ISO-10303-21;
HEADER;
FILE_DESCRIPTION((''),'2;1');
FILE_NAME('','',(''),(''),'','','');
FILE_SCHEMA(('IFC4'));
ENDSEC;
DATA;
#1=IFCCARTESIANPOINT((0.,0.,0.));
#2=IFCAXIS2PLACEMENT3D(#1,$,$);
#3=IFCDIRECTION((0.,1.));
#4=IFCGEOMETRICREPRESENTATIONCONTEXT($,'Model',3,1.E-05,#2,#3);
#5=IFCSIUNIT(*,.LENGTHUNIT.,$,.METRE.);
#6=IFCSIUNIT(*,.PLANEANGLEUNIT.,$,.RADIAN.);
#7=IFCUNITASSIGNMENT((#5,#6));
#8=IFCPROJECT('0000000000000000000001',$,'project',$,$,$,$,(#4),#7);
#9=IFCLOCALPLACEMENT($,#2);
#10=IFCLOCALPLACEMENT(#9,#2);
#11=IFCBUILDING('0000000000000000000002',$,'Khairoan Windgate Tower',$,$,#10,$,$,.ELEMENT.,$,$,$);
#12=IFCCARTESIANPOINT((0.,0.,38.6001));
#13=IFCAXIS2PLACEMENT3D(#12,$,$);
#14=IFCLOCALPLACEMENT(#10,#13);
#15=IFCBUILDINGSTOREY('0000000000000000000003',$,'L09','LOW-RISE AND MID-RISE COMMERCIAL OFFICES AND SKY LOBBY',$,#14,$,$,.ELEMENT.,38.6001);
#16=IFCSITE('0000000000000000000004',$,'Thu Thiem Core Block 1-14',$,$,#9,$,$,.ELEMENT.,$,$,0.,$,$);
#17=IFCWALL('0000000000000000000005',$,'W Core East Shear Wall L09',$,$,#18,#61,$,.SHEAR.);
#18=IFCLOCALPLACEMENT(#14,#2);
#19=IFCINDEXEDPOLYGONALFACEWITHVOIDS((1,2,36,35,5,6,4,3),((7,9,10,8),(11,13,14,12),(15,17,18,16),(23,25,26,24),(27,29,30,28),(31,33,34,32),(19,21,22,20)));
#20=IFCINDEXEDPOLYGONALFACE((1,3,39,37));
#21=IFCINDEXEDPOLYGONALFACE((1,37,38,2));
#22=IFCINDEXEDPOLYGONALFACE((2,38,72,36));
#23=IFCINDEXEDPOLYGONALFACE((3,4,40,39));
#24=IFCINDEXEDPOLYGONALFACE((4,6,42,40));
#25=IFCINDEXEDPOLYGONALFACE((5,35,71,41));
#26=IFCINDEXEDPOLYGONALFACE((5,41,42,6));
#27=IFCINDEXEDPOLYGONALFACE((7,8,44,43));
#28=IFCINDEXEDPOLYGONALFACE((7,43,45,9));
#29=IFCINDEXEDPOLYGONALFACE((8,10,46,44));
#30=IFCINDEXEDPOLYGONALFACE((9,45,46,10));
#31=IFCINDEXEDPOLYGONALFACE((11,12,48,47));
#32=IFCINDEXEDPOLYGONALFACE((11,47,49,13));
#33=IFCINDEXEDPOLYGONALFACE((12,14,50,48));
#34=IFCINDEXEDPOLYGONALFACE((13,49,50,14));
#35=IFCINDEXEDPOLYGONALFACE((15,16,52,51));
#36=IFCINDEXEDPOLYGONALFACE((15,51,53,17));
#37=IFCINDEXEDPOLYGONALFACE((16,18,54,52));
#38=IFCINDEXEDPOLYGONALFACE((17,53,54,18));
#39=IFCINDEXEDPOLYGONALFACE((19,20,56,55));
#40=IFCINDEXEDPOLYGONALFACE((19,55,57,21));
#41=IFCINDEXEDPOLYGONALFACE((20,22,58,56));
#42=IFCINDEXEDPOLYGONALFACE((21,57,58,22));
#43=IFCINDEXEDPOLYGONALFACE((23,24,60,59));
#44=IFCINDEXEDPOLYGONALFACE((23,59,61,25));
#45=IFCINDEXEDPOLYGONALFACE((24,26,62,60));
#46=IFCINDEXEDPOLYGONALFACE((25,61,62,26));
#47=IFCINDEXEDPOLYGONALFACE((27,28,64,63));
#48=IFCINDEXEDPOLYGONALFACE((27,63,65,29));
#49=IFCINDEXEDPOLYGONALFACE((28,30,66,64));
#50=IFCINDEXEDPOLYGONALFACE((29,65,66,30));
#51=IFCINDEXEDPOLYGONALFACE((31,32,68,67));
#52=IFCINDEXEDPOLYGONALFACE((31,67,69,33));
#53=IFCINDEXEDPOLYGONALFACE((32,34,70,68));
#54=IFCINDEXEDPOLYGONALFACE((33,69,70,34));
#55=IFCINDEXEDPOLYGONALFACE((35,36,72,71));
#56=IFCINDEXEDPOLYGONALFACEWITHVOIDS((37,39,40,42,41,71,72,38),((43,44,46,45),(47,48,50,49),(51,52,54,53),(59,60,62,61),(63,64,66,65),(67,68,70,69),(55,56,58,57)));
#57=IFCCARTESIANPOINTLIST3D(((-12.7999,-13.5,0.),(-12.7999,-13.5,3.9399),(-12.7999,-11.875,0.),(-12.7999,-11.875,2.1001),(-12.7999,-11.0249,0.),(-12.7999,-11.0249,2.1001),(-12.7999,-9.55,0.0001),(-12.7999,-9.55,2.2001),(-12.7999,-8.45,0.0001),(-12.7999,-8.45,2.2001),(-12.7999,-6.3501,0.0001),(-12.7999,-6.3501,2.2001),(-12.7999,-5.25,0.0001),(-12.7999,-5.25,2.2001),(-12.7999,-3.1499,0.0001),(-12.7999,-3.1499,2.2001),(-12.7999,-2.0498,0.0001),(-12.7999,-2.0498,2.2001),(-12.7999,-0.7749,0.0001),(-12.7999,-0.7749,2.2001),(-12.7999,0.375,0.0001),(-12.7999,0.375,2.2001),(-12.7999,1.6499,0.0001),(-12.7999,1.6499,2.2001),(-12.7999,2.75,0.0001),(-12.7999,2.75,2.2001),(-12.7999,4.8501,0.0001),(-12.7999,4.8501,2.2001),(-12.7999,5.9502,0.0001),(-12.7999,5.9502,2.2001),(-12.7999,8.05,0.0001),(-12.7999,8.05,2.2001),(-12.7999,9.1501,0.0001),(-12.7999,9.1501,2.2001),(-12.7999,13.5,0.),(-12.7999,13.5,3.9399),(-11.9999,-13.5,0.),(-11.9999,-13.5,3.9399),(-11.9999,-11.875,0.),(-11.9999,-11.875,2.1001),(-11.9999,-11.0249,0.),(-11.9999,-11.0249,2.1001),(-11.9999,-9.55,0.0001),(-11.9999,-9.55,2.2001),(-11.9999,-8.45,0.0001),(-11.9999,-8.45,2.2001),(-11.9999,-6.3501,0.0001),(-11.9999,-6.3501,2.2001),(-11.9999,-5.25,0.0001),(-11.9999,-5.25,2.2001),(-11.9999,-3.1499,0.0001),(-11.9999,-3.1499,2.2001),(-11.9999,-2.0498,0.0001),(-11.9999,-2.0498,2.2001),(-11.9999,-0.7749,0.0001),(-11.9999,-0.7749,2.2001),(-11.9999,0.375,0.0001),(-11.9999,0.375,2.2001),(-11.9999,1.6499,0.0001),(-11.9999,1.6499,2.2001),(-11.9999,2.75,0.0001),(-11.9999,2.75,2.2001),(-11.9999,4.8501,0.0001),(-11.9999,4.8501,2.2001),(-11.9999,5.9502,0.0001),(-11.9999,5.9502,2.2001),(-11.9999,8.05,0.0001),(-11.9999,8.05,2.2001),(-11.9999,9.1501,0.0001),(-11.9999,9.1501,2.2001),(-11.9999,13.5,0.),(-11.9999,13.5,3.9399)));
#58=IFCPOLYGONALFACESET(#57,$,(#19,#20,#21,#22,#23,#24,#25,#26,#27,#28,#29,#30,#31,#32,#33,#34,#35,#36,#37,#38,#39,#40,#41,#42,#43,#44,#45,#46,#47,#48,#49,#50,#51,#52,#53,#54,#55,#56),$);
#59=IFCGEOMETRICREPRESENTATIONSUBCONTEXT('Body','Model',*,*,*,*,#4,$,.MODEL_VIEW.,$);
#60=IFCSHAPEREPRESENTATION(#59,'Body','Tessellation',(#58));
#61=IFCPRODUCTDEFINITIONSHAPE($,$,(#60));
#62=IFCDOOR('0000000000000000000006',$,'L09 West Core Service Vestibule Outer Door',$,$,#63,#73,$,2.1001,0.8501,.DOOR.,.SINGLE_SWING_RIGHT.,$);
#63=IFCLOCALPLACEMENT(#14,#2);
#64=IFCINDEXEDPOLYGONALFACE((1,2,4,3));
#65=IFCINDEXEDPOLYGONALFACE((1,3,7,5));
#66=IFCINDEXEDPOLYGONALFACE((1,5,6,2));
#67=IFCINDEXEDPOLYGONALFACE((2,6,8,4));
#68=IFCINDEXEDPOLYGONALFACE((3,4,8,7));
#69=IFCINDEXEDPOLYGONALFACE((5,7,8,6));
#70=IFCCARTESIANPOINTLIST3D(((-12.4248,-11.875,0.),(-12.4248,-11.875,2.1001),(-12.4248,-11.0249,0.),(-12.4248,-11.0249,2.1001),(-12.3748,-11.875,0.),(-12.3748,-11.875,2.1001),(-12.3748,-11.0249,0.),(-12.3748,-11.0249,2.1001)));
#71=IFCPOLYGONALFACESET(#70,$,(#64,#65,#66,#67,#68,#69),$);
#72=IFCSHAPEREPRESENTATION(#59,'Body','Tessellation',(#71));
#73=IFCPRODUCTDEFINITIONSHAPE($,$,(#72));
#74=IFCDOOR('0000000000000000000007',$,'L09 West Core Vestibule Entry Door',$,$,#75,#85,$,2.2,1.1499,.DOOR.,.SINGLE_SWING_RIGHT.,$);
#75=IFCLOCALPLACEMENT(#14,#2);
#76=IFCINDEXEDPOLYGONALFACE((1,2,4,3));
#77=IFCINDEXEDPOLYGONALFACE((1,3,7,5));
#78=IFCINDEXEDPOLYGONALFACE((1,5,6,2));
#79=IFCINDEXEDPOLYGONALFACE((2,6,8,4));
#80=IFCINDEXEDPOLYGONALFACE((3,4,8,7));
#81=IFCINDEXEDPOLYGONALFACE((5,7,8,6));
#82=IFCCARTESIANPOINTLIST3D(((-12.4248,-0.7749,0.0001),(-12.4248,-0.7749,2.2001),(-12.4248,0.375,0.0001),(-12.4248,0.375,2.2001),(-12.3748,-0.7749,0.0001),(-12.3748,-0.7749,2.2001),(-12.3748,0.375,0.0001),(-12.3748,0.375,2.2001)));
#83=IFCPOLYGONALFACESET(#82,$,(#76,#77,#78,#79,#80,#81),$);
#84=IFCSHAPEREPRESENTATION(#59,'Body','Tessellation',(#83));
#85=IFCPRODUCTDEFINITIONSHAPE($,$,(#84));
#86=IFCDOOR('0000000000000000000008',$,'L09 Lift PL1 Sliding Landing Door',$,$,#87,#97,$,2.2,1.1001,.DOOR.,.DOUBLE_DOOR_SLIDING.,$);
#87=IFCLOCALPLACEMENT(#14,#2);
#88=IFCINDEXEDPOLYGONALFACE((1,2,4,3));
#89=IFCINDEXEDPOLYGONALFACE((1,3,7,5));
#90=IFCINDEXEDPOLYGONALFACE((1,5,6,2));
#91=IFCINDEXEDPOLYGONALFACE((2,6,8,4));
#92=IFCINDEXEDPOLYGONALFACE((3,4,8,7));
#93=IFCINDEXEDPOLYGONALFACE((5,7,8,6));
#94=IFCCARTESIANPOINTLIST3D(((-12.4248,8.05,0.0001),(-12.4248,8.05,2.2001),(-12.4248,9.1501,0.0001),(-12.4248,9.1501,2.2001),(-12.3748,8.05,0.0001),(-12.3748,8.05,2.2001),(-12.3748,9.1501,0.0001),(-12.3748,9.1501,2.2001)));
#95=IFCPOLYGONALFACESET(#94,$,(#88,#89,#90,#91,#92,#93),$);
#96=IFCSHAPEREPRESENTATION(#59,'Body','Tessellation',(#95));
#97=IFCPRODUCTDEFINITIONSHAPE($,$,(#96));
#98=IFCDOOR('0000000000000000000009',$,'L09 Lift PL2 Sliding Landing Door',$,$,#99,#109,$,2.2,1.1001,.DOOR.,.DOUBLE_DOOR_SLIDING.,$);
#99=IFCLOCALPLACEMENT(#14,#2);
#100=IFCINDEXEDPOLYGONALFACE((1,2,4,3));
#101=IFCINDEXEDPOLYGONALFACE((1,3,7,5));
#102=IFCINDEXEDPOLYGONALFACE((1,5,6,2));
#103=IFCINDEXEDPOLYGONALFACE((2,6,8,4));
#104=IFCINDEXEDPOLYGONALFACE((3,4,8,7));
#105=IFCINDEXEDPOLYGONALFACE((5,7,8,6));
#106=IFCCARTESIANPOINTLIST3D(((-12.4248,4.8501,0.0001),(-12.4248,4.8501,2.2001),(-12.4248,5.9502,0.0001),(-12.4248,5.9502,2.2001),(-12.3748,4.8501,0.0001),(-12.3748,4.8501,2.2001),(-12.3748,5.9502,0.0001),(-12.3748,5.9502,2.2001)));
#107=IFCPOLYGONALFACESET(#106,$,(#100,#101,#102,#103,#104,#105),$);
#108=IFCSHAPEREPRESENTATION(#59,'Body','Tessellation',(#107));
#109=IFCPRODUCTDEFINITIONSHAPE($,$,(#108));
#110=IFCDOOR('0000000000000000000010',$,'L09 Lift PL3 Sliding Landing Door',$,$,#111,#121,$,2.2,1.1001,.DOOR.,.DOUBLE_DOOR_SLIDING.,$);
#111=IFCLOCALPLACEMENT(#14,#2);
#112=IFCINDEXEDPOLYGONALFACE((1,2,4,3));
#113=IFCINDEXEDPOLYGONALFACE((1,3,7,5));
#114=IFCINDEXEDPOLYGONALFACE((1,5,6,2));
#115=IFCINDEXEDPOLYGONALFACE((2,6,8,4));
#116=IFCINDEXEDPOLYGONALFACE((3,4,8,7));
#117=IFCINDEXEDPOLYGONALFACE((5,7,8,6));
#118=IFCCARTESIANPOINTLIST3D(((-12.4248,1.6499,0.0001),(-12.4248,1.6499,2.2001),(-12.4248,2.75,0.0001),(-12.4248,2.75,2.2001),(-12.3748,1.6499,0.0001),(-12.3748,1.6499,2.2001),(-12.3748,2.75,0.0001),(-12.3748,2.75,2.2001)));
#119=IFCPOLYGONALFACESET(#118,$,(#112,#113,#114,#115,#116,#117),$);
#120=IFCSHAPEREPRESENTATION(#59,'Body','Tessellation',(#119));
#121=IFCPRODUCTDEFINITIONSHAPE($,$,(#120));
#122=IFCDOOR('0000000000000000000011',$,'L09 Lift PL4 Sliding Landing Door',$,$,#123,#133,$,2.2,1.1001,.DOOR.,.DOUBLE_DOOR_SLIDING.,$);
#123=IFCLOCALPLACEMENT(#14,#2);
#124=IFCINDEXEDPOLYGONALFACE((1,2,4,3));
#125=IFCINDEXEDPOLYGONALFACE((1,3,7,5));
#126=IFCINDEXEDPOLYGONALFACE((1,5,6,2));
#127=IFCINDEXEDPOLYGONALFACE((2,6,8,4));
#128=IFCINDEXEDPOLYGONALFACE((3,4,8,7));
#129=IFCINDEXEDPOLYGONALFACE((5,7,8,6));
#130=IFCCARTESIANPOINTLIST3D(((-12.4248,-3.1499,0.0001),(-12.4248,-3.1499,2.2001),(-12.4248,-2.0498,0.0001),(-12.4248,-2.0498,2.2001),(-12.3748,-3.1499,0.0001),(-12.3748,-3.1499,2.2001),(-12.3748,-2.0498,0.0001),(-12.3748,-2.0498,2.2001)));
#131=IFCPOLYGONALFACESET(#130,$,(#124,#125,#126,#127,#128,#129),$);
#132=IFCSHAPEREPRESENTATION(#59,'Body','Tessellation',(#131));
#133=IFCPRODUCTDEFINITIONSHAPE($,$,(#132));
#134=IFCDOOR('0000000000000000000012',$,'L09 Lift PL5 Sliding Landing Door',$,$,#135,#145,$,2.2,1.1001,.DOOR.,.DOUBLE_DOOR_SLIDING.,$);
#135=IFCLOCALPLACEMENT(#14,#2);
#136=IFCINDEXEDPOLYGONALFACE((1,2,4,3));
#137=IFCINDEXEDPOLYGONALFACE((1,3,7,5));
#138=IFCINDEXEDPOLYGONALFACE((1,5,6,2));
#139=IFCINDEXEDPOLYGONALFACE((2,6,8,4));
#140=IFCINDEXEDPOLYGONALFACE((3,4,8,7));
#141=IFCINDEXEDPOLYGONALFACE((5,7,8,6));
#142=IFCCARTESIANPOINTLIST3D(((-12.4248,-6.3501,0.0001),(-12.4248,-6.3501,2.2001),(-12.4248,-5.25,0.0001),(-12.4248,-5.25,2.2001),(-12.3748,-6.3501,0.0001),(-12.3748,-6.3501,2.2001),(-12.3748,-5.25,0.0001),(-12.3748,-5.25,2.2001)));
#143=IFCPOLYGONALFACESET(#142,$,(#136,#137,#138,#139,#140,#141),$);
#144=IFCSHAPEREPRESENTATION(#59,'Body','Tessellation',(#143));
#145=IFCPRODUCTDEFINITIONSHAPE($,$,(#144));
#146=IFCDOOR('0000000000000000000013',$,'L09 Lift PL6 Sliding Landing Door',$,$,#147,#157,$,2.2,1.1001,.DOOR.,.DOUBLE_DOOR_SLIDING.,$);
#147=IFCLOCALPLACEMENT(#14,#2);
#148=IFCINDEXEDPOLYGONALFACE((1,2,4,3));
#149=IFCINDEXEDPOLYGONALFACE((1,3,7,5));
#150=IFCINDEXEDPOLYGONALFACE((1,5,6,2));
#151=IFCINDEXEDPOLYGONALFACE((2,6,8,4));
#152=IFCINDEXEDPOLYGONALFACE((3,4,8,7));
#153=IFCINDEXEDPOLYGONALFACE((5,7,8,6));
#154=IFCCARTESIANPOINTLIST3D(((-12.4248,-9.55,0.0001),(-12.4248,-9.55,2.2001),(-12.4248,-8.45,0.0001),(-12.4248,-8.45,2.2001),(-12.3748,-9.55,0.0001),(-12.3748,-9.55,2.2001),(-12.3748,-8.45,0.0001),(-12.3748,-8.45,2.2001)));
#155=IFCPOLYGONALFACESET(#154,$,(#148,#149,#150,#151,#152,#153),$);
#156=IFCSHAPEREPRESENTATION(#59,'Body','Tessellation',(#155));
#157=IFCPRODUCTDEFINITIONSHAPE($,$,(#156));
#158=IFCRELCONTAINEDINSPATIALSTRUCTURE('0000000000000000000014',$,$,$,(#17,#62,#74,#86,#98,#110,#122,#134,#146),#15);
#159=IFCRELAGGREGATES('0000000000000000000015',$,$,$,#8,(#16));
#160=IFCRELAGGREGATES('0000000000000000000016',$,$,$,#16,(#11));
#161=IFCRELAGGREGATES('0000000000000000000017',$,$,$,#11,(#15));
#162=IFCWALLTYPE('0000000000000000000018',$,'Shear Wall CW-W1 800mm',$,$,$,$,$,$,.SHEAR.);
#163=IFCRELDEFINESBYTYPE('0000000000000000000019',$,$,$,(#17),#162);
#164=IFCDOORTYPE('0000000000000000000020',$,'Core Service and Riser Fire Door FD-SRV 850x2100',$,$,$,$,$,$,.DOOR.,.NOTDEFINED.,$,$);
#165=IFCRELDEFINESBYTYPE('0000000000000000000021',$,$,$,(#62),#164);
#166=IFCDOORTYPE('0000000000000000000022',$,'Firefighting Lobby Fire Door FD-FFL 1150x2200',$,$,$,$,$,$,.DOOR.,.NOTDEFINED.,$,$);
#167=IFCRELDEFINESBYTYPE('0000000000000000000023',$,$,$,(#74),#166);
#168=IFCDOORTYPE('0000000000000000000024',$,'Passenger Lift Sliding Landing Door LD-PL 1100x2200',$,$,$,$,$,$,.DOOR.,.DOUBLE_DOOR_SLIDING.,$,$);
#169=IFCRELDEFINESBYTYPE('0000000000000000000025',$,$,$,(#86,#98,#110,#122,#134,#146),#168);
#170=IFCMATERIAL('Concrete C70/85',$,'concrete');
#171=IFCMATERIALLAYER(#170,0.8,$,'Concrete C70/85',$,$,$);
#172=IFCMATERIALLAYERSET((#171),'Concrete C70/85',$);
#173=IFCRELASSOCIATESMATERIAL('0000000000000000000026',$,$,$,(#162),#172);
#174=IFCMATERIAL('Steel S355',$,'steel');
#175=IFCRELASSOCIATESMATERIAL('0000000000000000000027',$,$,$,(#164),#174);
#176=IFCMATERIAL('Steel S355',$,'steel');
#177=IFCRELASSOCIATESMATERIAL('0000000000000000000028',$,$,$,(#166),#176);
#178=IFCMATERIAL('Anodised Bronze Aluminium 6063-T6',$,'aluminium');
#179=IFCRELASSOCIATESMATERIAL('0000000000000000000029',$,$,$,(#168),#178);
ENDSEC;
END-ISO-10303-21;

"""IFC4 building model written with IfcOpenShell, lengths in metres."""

from ifc_helpers import new_model, si_unit, direction, frame, frame_2d, origin, place, context, subcontext, project, spatial, rectangle, extrude, material, layer, layer_set, type_object, element, fill, save


model = new_model("IFC4")

# Units and contexts
model_context = context("Model", 3, precision=1e-05, world=origin(), true_north=direction((0.0, 1.0)))
body_context = subcontext(model_context, "Body", "Model", "MODEL_VIEW")
ifc_project = project(units=[si_unit("LENGTHUNIT", "METRE"), si_unit("PLANEANGLEUNIT", "RADIAN")], contexts=[model_context])

# Site, building, storey
site_placement = place(None, origin())
site = spatial("IfcSite", under=ifc_project, at=site_placement, Name="Thu Thiem Core Block 1-14", CompositionType="ELEMENT", RefElevation=0.0)
building_placement = place(site_placement, origin())
building = spatial("IfcBuilding", under=site, at=building_placement, Name="Khairoan Windgate Tower", CompositionType="ELEMENT")
storey_placement = place(building_placement, frame((0.0, 0.0, 38.6001)))
storey = spatial("IfcBuildingStorey", under=building, at=storey_placement, Name="L09", Description="LOW-RISE AND MID-RISE COMMERCIAL OFFICES AND SKY LOBBY", CompositionType="ELEMENT", Elevation=38.6001)

# Wall, openings, doors
ifc_material_1 = material(Name="Concrete C70/85", Category="concrete")
ifc_layer_1 = layer(ifc_material_1, 0.8, Name="Concrete C70/85")
ifc_layer_set_1 = layer_set([ifc_layer_1], Name="Concrete C70/85")
wall_type_1 = type_object("IfcWallType", Name="Shear Wall CW-W1 800mm", PredefinedType="SHEAR", material=ifc_layer_set_1)
wall_1_placement = place(storey_placement, frame((-12.3999, -13.5, 0.0), z_axis=(0.0, 0.0, 1.0), x_axis=(0.0, 1.0, 0.0)))
wall_1 = element("IfcWall", 1, at=wall_1_placement, inside=storey, type_object=wall_type_1, Name="W Core East Shear Wall L09", PredefinedType="SHEAR", context=body_context, shape_type="SweptSolid", body=[
    extrude(rectangle(XDim=27.0, YDim=0.8, at=frame_2d((13.5, 0.0))), origin(), (0.0, 0.0, 1.0), 3.9399),
])
opening_1_placement = place(wall_1_placement, frame((21.55, 0.0, 0.0)))
opening_1 = element("IfcOpeningElement", 2, at=opening_1_placement, cuts=wall_1, PredefinedType="OPENING", context=body_context, shape_type="SweptSolid", body=[
    extrude(rectangle(XDim=1.1001, YDim=2.2, at=frame_2d((0.55, 1.1001))), frame((0.0, 0.4099, 0.0), z_axis=(0.0, -1.0, 0.0), x_axis=(1.0, 0.0, 0.0)), (0.0, 0.0, 1.0), 0.8201),
])
opening_2_placement = place(wall_1_placement, frame((18.3501, 0.0, 0.0)))
opening_2 = element("IfcOpeningElement", 3, at=opening_2_placement, cuts=wall_1, PredefinedType="OPENING", context=body_context, shape_type="SweptSolid", body=[
    extrude(rectangle(XDim=1.1001, YDim=2.2, at=frame_2d((0.55, 1.1001))), frame((0.0, 0.4099, 0.0), z_axis=(0.0, -1.0, 0.0), x_axis=(1.0, 0.0, 0.0)), (0.0, 0.0, 1.0), 0.8201),
])
opening_3_placement = place(wall_1_placement, frame((15.1499, 0.0, 0.0)))
opening_3 = element("IfcOpeningElement", 4, at=opening_3_placement, cuts=wall_1, PredefinedType="OPENING", context=body_context, shape_type="SweptSolid", body=[
    extrude(rectangle(XDim=1.1001, YDim=2.2, at=frame_2d((0.55, 1.1001))), frame((0.0, 0.4099, 0.0), z_axis=(0.0, -1.0, 0.0), x_axis=(1.0, 0.0, 0.0)), (0.0, 0.0, 1.0), 0.8201),
])
opening_4_placement = place(wall_1_placement, frame((10.3501, 0.0, 0.0)))
opening_4 = element("IfcOpeningElement", 5, at=opening_4_placement, cuts=wall_1, PredefinedType="OPENING", context=body_context, shape_type="SweptSolid", body=[
    extrude(rectangle(XDim=1.1001, YDim=2.2, at=frame_2d((0.55, 1.1001))), frame((0.0, 0.4099, 0.0), z_axis=(0.0, -1.0, 0.0), x_axis=(1.0, 0.0, 0.0)), (0.0, 0.0, 1.0), 0.8201),
])
opening_5_placement = place(wall_1_placement, frame((7.1499, 0.0, 0.0)))
opening_5 = element("IfcOpeningElement", 6, at=opening_5_placement, cuts=wall_1, PredefinedType="OPENING", context=body_context, shape_type="SweptSolid", body=[
    extrude(rectangle(XDim=1.1001, YDim=2.2, at=frame_2d((0.55, 1.1001))), frame((0.0, 0.4099, 0.0), z_axis=(0.0, -1.0, 0.0), x_axis=(1.0, 0.0, 0.0)), (0.0, 0.0, 1.0), 0.8201),
])
opening_6_placement = place(wall_1_placement, frame((3.95, 0.0, 0.0)))
opening_6 = element("IfcOpeningElement", 7, at=opening_6_placement, cuts=wall_1, PredefinedType="OPENING", context=body_context, shape_type="SweptSolid", body=[
    extrude(rectangle(XDim=1.1001, YDim=2.2, at=frame_2d((0.55, 1.1001))), frame((0.0, 0.4099, 0.0), z_axis=(0.0, -1.0, 0.0), x_axis=(1.0, 0.0, 0.0)), (0.0, 0.0, 1.0), 0.8201),
])
opening_7_placement = place(wall_1_placement, frame((12.7251, 0.0, 0.0)))
opening_7 = element("IfcOpeningElement", 8, at=opening_7_placement, cuts=wall_1, PredefinedType="OPENING", context=body_context, shape_type="SweptSolid", body=[
    extrude(rectangle(XDim=1.1499, YDim=2.2, at=frame_2d((0.575, 1.1001))), frame((0.0, 0.4099, 0.0), z_axis=(0.0, -1.0, 0.0), x_axis=(1.0, 0.0, 0.0)), (0.0, 0.0, 1.0), 0.8201),
])
opening_8_placement = place(wall_1_placement, frame((1.625, 0.0, 0.0)))
opening_8 = element("IfcOpeningElement", 9, at=opening_8_placement, cuts=wall_1, PredefinedType="OPENING", context=body_context, shape_type="SweptSolid", body=[
    extrude(rectangle(XDim=0.8501, YDim=2.1001, at=frame_2d((0.425, 1.05))), frame((0.0, 0.4099, 0.0), z_axis=(0.0, -1.0, 0.0), x_axis=(1.0, 0.0, 0.0)), (0.0, 0.0, 1.0), 0.8201),
])
ifc_material_2 = material(Name="Steel S355", Category="steel")
door_type_1 = type_object("IfcDoorType", Name="Core Service and Riser Fire Door FD-SRV 850x2100", OperationType="NOTDEFINED", PredefinedType="DOOR", material=ifc_material_2)
door_1_placement = place(opening_8_placement, origin())
door_1 = element("IfcDoor", 10, at=door_1_placement, inside=storey, type_object=door_type_1, Name="L09 West Core Service Vestibule Outer Door", OperationType="SINGLE_SWING_RIGHT", OverallHeight=2.1001, OverallWidth=0.8501, PredefinedType="DOOR", context=body_context, shape_type="SweptSolid", body=[
    extrude(rectangle(XDim=0.8501, YDim=2.1001, at=frame_2d((0.425, 1.05))), frame((0.0, 0.0249, 0.0), z_axis=(0.0, -1.0, 0.0), x_axis=(1.0, 0.0, 0.0)), (0.0, 0.0, 1.0), 0.05),
])
fill(opening_8, door_1)
ifc_material_3 = material(Name="Steel S355", Category="steel")
door_type_2 = type_object("IfcDoorType", Name="Firefighting Lobby Fire Door FD-FFL 1150x2200", OperationType="NOTDEFINED", PredefinedType="DOOR", material=ifc_material_3)
door_2_placement = place(opening_7_placement, origin())
door_2 = element("IfcDoor", 11, at=door_2_placement, inside=storey, type_object=door_type_2, Name="L09 West Core Vestibule Entry Door", OperationType="SINGLE_SWING_RIGHT", OverallHeight=2.2, OverallWidth=1.1499, PredefinedType="DOOR", context=body_context, shape_type="SweptSolid", body=[
    extrude(rectangle(XDim=1.1499, YDim=2.2, at=frame_2d((0.575, 1.1001))), frame((0.0, 0.0249, 0.0), z_axis=(0.0, -1.0, 0.0), x_axis=(1.0, 0.0, 0.0)), (0.0, 0.0, 1.0), 0.05),
])
fill(opening_7, door_2)
ifc_material_4 = material(Name="Anodised Bronze Aluminium 6063-T6", Category="aluminium")
door_type_3 = type_object("IfcDoorType", Name="Passenger Lift Sliding Landing Door LD-PL 1100x2200", OperationType="DOUBLE_DOOR_SLIDING", PredefinedType="DOOR", material=ifc_material_4)
door_3_placement = place(opening_1_placement, origin())
door_3 = element("IfcDoor", 12, at=door_3_placement, inside=storey, type_object=door_type_3, Name="L09 Lift PL1 Sliding Landing Door", OperationType="DOUBLE_DOOR_SLIDING", OverallHeight=2.2, OverallWidth=1.1001, PredefinedType="DOOR", context=body_context, shape_type="SweptSolid", body=[
    extrude(rectangle(XDim=1.1001, YDim=2.2, at=frame_2d((0.55, 1.1001))), frame((0.0, 0.0249, 0.0), z_axis=(0.0, -1.0, 0.0), x_axis=(1.0, 0.0, 0.0)), (0.0, 0.0, 1.0), 0.05),
])
fill(opening_1, door_3)
door_4_placement = place(opening_2_placement, origin())
door_4 = element("IfcDoor", 13, at=door_4_placement, inside=storey, type_object=door_type_3, Name="L09 Lift PL2 Sliding Landing Door", OperationType="DOUBLE_DOOR_SLIDING", OverallHeight=2.2, OverallWidth=1.1001, PredefinedType="DOOR", context=body_context, shape_type="SweptSolid", body=[
    extrude(rectangle(XDim=1.1001, YDim=2.2, at=frame_2d((0.55, 1.1001))), frame((0.0, 0.0249, 0.0), z_axis=(0.0, -1.0, 0.0), x_axis=(1.0, 0.0, 0.0)), (0.0, 0.0, 1.0), 0.05),
])
fill(opening_2, door_4)
door_5_placement = place(opening_3_placement, origin())
door_5 = element("IfcDoor", 14, at=door_5_placement, inside=storey, type_object=door_type_3, Name="L09 Lift PL3 Sliding Landing Door", OperationType="DOUBLE_DOOR_SLIDING", OverallHeight=2.2, OverallWidth=1.1001, PredefinedType="DOOR", context=body_context, shape_type="SweptSolid", body=[
    extrude(rectangle(XDim=1.1001, YDim=2.2, at=frame_2d((0.55, 1.1001))), frame((0.0, 0.0249, 0.0), z_axis=(0.0, -1.0, 0.0), x_axis=(1.0, 0.0, 0.0)), (0.0, 0.0, 1.0), 0.05),
])
fill(opening_3, door_5)
door_6_placement = place(opening_4_placement, origin())
door_6 = element("IfcDoor", 15, at=door_6_placement, inside=storey, type_object=door_type_3, Name="L09 Lift PL4 Sliding Landing Door", OperationType="DOUBLE_DOOR_SLIDING", OverallHeight=2.2, OverallWidth=1.1001, PredefinedType="DOOR", context=body_context, shape_type="SweptSolid", body=[
    extrude(rectangle(XDim=1.1001, YDim=2.2, at=frame_2d((0.55, 1.1001))), frame((0.0, 0.0249, 0.0), z_axis=(0.0, -1.0, 0.0), x_axis=(1.0, 0.0, 0.0)), (0.0, 0.0, 1.0), 0.05),
])
fill(opening_4, door_6)
door_7_placement = place(opening_5_placement, origin())
door_7 = element("IfcDoor", 16, at=door_7_placement, inside=storey, type_object=door_type_3, Name="L09 Lift PL5 Sliding Landing Door", OperationType="DOUBLE_DOOR_SLIDING", OverallHeight=2.2, OverallWidth=1.1001, PredefinedType="DOOR", context=body_context, shape_type="SweptSolid", body=[
    extrude(rectangle(XDim=1.1001, YDim=2.2, at=frame_2d((0.55, 1.1001))), frame((0.0, 0.0249, 0.0), z_axis=(0.0, -1.0, 0.0), x_axis=(1.0, 0.0, 0.0)), (0.0, 0.0, 1.0), 0.05),
])
fill(opening_5, door_7)
door_8_placement = place(opening_6_placement, origin())
door_8 = element("IfcDoor", 17, at=door_8_placement, inside=storey, type_object=door_type_3, Name="L09 Lift PL6 Sliding Landing Door", OperationType="DOUBLE_DOOR_SLIDING", OverallHeight=2.2, OverallWidth=1.1001, PredefinedType="DOOR", context=body_context, shape_type="SweptSolid", body=[
    extrude(rectangle(XDim=1.1001, YDim=2.2, at=frame_2d((0.55, 1.1001))), frame((0.0, 0.0249, 0.0), z_axis=(0.0, -1.0, 0.0), x_axis=(1.0, 0.0, 0.0)), (0.0, 0.0, 1.0), 0.05),
])
fill(opening_6, door_8)

save(model, "model.ifc")
